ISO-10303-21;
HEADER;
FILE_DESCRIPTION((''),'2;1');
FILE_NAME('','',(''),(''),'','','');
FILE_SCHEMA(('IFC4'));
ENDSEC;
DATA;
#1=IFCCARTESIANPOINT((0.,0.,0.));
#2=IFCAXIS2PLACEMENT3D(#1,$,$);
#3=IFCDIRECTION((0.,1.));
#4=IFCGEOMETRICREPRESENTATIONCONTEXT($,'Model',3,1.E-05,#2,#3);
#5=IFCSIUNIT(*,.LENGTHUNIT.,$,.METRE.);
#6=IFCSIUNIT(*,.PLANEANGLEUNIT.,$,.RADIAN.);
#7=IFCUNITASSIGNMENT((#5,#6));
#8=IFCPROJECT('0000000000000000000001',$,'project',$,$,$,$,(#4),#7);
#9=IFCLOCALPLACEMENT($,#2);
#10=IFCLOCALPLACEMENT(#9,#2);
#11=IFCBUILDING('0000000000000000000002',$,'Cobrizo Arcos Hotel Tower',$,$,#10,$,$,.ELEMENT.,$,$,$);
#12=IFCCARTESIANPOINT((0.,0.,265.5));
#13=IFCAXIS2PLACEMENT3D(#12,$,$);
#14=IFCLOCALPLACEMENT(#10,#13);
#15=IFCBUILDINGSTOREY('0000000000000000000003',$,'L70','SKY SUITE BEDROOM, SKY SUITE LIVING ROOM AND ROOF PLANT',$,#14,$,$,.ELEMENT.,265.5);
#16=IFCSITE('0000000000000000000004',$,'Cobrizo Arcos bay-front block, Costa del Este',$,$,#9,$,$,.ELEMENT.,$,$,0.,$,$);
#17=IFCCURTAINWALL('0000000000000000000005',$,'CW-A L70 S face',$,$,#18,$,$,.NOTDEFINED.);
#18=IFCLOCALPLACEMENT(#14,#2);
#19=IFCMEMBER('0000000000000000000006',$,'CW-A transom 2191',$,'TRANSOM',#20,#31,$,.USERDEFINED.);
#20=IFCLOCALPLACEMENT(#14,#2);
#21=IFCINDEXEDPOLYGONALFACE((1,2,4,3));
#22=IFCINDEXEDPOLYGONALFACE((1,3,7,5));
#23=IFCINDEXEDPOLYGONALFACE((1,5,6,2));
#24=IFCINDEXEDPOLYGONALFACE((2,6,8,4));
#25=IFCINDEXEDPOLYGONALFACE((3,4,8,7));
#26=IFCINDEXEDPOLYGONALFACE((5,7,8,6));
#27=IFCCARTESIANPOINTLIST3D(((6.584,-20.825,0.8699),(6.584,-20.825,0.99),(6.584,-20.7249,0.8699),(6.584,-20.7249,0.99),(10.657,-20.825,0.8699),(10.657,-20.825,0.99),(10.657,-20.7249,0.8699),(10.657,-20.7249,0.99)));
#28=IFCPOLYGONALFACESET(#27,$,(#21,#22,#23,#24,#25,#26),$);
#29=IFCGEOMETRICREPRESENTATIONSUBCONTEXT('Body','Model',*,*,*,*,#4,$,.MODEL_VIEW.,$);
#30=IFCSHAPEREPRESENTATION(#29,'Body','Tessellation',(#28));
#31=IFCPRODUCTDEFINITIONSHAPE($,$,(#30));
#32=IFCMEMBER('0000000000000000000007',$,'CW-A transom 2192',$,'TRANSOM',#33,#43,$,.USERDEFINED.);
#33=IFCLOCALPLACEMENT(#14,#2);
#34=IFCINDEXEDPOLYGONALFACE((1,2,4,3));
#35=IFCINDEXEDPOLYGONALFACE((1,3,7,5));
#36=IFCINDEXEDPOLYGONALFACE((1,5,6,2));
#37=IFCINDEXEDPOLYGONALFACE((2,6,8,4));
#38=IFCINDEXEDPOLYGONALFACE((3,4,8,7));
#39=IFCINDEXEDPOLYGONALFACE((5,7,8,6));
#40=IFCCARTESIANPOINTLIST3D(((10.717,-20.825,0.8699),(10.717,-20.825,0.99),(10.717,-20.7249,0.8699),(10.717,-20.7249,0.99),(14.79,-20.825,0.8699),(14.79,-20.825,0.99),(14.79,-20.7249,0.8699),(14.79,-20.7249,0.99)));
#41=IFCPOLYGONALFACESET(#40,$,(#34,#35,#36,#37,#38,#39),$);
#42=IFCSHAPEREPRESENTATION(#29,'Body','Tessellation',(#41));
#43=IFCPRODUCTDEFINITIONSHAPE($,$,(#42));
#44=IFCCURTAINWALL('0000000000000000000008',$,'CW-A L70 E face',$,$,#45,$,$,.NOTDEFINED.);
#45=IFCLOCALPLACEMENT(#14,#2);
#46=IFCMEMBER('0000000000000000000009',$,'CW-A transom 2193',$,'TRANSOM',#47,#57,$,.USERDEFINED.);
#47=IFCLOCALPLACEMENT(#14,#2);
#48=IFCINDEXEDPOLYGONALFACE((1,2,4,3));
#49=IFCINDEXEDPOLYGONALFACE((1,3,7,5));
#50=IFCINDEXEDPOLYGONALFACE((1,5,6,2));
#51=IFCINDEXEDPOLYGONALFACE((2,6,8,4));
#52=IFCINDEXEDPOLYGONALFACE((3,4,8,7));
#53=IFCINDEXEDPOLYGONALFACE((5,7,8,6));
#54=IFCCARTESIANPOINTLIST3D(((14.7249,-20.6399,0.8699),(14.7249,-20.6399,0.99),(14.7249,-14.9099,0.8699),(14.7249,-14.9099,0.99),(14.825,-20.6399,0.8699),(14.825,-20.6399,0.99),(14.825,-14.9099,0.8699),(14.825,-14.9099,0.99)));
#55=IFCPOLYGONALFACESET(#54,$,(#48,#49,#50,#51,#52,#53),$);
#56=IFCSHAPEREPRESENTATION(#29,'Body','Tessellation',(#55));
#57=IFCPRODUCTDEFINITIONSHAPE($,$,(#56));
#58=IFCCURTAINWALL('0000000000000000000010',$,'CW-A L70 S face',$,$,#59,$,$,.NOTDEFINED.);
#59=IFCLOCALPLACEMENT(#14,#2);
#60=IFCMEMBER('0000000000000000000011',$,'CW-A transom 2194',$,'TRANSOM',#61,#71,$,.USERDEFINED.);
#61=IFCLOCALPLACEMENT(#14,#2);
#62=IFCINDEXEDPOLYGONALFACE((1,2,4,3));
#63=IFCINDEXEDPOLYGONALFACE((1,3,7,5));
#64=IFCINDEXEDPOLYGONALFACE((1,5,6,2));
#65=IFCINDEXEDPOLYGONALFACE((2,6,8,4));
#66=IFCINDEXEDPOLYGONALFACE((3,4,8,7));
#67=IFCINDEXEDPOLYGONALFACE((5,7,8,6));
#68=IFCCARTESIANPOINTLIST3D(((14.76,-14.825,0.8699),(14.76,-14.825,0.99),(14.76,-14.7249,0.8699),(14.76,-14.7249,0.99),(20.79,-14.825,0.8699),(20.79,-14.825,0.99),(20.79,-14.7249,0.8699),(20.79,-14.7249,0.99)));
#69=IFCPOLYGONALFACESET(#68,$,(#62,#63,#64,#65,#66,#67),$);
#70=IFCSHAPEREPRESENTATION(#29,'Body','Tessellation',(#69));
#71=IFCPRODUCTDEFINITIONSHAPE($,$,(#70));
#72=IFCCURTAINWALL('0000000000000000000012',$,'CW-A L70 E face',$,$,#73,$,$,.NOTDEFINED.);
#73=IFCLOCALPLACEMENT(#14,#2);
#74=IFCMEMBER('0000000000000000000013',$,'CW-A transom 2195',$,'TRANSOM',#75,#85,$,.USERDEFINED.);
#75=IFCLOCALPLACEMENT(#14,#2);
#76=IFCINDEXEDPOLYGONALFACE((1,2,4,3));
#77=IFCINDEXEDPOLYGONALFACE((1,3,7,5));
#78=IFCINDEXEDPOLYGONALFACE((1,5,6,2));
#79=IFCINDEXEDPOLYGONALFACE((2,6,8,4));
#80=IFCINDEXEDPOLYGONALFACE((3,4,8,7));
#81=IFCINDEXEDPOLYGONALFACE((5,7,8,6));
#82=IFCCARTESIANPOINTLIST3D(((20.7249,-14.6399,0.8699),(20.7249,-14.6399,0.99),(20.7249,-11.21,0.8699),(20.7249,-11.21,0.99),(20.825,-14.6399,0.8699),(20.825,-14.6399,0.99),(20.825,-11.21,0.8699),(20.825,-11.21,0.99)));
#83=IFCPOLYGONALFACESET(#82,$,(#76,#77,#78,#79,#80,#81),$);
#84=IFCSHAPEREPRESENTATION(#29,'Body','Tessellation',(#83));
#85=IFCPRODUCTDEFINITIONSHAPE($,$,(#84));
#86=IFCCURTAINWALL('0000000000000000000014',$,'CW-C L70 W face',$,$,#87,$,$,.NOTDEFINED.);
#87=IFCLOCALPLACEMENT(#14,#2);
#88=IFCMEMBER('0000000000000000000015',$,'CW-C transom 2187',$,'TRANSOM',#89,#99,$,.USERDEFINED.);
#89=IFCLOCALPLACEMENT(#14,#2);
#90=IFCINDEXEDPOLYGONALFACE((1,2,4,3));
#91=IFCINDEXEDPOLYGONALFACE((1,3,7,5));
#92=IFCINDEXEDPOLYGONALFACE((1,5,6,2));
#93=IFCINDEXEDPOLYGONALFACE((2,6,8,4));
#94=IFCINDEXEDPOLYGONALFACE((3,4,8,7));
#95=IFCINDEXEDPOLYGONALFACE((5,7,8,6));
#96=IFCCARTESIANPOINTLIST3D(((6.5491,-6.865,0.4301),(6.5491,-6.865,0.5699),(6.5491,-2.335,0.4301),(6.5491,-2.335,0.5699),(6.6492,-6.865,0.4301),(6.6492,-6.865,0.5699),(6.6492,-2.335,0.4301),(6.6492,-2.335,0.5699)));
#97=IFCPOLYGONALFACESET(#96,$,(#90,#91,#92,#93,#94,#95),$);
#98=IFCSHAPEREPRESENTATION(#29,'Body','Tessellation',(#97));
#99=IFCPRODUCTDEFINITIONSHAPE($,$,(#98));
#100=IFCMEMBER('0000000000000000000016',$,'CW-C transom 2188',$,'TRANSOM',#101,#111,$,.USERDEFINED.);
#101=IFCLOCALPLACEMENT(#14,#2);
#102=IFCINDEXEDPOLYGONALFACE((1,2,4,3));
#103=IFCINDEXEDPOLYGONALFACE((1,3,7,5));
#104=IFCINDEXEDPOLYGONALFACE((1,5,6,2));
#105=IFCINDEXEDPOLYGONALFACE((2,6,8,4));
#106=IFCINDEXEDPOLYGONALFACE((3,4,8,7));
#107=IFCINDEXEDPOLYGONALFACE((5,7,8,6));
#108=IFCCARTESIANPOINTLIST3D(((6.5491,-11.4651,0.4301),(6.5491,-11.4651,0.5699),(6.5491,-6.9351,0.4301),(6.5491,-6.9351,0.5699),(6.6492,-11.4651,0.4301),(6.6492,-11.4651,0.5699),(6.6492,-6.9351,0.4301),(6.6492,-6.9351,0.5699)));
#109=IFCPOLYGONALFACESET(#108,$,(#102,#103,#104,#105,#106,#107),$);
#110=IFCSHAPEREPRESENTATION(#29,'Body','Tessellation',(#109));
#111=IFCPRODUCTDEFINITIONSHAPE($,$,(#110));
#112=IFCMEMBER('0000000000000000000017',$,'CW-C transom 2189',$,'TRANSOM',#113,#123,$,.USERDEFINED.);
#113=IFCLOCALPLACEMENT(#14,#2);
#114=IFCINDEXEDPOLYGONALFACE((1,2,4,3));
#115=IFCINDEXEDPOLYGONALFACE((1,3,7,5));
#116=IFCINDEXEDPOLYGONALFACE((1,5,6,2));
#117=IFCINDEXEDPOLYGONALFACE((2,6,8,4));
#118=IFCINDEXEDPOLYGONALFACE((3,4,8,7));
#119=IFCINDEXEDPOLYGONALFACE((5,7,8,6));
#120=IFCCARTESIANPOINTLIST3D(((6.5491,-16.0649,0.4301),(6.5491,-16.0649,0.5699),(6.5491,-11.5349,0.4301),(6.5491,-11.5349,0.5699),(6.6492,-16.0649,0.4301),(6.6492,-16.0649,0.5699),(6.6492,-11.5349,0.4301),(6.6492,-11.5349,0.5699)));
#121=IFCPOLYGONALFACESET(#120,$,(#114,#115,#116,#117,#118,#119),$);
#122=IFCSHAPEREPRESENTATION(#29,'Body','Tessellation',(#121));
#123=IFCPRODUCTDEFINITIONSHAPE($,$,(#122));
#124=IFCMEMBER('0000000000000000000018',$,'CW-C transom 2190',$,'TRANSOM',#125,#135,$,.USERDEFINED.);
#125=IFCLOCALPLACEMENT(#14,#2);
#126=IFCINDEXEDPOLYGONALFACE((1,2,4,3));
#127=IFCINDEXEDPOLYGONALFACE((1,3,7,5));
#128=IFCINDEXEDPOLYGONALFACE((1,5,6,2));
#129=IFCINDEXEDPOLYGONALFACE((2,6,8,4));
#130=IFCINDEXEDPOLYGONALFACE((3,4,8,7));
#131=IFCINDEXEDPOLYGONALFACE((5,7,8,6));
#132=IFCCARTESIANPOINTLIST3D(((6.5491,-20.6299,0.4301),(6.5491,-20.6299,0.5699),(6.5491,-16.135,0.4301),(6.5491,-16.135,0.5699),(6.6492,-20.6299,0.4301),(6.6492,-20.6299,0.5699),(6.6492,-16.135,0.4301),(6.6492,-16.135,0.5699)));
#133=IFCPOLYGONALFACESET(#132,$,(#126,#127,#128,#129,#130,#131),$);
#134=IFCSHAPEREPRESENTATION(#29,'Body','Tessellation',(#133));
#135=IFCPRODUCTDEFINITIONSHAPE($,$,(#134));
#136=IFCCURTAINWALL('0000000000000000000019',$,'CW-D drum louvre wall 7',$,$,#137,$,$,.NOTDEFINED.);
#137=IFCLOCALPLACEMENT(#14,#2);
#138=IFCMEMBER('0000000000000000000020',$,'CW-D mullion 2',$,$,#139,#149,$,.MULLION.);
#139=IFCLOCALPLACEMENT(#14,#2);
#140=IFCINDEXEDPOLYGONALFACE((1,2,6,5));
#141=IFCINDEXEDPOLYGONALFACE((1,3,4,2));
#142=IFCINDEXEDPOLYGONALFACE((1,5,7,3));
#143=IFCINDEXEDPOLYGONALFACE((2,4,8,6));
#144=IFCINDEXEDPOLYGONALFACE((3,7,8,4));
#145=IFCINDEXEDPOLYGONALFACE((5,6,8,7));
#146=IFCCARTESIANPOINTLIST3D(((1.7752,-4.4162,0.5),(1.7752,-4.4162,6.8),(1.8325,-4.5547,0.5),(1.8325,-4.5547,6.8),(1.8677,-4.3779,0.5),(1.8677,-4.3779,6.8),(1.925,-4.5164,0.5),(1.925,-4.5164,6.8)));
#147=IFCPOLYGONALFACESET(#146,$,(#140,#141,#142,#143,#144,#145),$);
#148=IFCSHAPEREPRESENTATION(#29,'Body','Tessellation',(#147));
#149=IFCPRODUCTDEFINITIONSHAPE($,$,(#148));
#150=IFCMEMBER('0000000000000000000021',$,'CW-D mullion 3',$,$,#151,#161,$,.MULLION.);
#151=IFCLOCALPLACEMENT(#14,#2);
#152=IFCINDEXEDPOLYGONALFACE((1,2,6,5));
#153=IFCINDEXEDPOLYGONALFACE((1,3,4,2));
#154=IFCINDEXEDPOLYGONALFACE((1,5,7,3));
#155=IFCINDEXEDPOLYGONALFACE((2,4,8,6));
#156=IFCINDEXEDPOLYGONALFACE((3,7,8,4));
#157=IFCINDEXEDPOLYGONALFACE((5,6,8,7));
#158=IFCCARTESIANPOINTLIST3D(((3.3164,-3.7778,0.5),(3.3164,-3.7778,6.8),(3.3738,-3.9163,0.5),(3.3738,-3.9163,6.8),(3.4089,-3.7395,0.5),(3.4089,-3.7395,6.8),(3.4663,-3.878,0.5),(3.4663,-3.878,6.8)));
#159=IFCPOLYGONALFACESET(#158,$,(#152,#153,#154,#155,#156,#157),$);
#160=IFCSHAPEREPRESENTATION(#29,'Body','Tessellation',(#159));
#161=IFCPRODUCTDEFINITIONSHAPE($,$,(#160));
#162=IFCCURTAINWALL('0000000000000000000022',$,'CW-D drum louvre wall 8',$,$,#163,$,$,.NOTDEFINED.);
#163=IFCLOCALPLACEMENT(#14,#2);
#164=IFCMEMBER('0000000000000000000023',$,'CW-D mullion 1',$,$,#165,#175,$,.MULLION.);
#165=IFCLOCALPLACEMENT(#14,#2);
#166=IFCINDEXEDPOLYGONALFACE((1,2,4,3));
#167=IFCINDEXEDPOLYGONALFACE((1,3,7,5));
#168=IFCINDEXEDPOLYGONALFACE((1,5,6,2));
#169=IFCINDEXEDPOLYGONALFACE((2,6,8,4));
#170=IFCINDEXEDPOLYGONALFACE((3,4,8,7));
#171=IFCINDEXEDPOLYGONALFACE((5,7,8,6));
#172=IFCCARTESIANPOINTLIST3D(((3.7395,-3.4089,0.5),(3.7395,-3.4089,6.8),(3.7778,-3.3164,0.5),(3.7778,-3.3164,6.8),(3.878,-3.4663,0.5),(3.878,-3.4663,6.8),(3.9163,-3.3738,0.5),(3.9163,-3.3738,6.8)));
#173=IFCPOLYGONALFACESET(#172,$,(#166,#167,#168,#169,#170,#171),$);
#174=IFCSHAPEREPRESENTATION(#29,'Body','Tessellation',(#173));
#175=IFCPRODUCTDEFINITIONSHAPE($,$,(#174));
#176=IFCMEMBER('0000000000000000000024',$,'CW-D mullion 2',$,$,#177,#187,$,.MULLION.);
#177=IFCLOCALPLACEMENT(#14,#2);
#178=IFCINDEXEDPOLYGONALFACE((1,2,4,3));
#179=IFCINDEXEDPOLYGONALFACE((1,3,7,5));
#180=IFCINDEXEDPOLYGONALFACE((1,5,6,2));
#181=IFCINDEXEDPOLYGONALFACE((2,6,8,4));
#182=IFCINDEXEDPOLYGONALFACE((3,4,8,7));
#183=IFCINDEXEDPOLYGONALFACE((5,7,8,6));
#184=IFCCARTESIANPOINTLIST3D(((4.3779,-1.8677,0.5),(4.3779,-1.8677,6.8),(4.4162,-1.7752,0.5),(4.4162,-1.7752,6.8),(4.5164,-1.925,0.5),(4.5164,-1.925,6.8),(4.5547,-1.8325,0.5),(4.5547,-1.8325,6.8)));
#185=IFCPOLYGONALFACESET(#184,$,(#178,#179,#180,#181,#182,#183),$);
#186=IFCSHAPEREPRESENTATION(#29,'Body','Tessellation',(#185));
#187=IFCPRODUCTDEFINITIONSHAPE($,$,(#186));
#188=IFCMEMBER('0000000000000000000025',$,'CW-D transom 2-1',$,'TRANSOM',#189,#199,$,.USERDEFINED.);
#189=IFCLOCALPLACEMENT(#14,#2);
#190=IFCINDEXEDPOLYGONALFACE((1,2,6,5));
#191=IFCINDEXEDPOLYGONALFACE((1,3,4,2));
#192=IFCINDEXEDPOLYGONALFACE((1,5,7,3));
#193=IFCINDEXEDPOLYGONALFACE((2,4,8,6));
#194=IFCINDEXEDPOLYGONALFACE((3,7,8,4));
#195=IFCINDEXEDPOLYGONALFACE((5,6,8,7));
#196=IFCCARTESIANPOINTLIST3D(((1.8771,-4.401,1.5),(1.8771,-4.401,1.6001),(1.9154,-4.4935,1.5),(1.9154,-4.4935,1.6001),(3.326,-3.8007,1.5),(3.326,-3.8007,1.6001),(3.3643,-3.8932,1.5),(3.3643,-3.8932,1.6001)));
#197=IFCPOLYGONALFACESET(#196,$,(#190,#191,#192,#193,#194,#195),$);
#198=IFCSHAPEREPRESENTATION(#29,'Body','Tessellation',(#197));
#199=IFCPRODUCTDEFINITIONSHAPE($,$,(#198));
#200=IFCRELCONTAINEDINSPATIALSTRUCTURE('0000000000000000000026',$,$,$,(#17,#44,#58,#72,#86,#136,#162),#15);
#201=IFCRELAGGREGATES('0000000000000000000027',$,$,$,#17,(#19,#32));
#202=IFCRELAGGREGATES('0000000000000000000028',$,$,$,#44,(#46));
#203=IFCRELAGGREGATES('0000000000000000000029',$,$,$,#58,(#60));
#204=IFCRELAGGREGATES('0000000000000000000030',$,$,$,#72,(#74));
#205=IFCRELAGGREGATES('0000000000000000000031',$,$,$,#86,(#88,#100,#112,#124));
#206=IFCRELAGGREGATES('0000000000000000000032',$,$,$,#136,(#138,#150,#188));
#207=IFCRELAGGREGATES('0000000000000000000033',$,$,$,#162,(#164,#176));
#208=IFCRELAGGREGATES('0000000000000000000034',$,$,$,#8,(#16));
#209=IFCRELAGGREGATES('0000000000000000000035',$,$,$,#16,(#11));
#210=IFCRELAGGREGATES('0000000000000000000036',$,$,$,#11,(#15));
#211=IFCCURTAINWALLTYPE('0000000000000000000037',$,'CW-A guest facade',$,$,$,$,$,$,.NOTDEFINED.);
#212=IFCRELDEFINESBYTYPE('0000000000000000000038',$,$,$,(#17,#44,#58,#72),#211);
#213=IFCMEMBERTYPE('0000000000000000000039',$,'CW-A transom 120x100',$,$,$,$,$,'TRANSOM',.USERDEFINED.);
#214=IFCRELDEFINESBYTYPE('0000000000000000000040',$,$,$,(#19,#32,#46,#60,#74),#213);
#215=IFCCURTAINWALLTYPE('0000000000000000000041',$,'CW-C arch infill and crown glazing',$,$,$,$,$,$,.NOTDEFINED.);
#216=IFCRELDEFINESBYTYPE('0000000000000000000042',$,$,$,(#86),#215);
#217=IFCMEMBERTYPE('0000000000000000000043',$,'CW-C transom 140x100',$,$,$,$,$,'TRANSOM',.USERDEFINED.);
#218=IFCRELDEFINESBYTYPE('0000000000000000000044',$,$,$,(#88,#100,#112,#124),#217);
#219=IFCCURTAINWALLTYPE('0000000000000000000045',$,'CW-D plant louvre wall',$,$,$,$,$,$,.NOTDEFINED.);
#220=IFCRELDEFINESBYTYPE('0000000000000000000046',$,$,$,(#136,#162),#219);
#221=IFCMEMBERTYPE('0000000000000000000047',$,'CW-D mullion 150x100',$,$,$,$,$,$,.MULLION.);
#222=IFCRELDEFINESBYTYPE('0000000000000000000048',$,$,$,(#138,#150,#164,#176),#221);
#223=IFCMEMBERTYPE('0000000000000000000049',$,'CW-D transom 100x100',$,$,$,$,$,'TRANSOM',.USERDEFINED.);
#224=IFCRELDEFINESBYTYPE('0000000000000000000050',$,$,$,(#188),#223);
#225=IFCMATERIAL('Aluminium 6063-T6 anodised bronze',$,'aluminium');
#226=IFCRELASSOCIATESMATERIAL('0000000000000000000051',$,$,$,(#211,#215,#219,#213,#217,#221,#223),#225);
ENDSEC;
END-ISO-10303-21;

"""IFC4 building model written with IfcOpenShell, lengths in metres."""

from ifc_helpers import new_model, si_unit, direction, frame, origin, origin_2d, place, context, subcontext, project, spatial, rectangle, extrude, material, material_profile, profile_set, type_object, element, aggregate, save


model = new_model("IFC4")

# Units and contexts
model_context = context("Model", 3, precision=1e-05, world=origin(), true_north=direction((0.0, 1.0)))
body_context = subcontext(model_context, "Body", "Model", "MODEL_VIEW")
ifc_project = project(units=[si_unit("LENGTHUNIT", "METRE"), si_unit("PLANEANGLEUNIT", "RADIAN")], contexts=[model_context])

# Site, building, storey
site_placement = place(None, origin())
site = spatial("IfcSite", under=ifc_project, at=site_placement, Name="Cobrizo Arcos bay-front block, Costa del Este", CompositionType="ELEMENT", RefElevation=0.0)
building_placement = place(site_placement, origin())
building = spatial("IfcBuilding", under=site, at=building_placement, Name="Cobrizo Arcos Hotel Tower", CompositionType="ELEMENT")
storey_placement = place(building_placement, frame((0.0, 0.0, 265.5)))
storey = spatial("IfcBuildingStorey", under=building, at=storey_placement, Name="L70", Description="SKY SUITE BEDROOM, SKY SUITE LIVING ROOM AND ROOF PLANT", CompositionType="ELEMENT", Elevation=265.5)

# Curtain wall, members
ifc_material_1 = material(Name="Aluminium 6063-T6 anodised bronze", Category="aluminium")
curtain_wall_type_1 = type_object("IfcCurtainWallType", Name="CW-A guest facade", PredefinedType="NOTDEFINED", material=ifc_material_1)
curtain_wall_1_placement = place(storey_placement, origin())
curtain_wall_1 = element("IfcCurtainWall", 1, at=curtain_wall_1_placement, inside=storey, type_object=curtain_wall_type_1, Name="CW-A L70 S face", PredefinedType="NOTDEFINED")
ifc_material_profile_1 = material_profile(ifc_material_1, rectangle(XDim=0.1001, YDim=0.1201, at=origin_2d()), Name="CW-A transom 120x100")
ifc_profile_set_1 = profile_set([ifc_material_profile_1], Name="Aluminium 6063-T6 anodised bronze")
member_type_1 = type_object("IfcMemberType", Name="CW-A transom 120x100", ElementType="TRANSOM", PredefinedType="USERDEFINED", material=ifc_profile_set_1)
member_1_placement = place(storey_placement, frame((6.584, -20.7749, 0.9299), z_axis=(1.0, 0.0, 0.0), x_axis=(0.0, 1.0, 0.0)))
member_1 = element("IfcMember", 2, at=member_1_placement, type_object=member_type_1, Name="CW-A transom 2191", ObjectType="TRANSOM", PredefinedType="USERDEFINED", context=body_context, shape_type="SweptSolid", body=[
    extrude(rectangle(XDim=0.1001, YDim=0.1201, at=origin_2d()), origin(), (0.0, 0.0, 1.0), 4.073),
])
member_2_placement = place(storey_placement, frame((10.717, -20.7749, 0.9299), z_axis=(1.0, 0.0, 0.0), x_axis=(0.0, 1.0, 0.0)))
member_2 = element("IfcMember", 3, at=member_2_placement, type_object=member_type_1, Name="CW-A transom 2192", ObjectType="TRANSOM", PredefinedType="USERDEFINED", context=body_context, shape_type="SweptSolid", body=[
    extrude(rectangle(XDim=0.1001, YDim=0.1201, at=origin_2d()), origin(), (0.0, 0.0, 1.0), 4.073),
])

# Curtain walls, members
curtain_wall_2_placement = place(storey_placement, origin())
curtain_wall_2 = element("IfcCurtainWall", 4, at=curtain_wall_2_placement, inside=storey, type_object=curtain_wall_type_1, Name="CW-A L70 E face", PredefinedType="NOTDEFINED")
member_3_placement = place(storey_placement, frame((14.7749, -20.6399, 0.9299), z_axis=(0.0, 1.0, 0.0), x_axis=(-1.0, 0.0, 0.0)))
member_3 = element("IfcMember", 5, at=member_3_placement, type_object=member_type_1, Name="CW-A transom 2193", ObjectType="TRANSOM", PredefinedType="USERDEFINED", context=body_context, shape_type="SweptSolid", body=[
    extrude(rectangle(XDim=0.1001, YDim=0.1201, at=origin_2d()), origin(), (0.0, 0.0, 1.0), 5.73),
])
curtain_wall_3_placement = place(storey_placement, origin())
curtain_wall_3 = element("IfcCurtainWall", 6, at=curtain_wall_3_placement, inside=storey, type_object=curtain_wall_type_1, Name="CW-A L70 S face", PredefinedType="NOTDEFINED")
member_4_placement = place(storey_placement, frame((14.76, -14.7749, 0.9299), z_axis=(1.0, 0.0, 0.0), x_axis=(0.0, 1.0, 0.0)))
member_4 = element("IfcMember", 7, at=member_4_placement, type_object=member_type_1, Name="CW-A transom 2194", ObjectType="TRANSOM", PredefinedType="USERDEFINED", context=body_context, shape_type="SweptSolid", body=[
    extrude(rectangle(XDim=0.1001, YDim=0.1201, at=origin_2d()), origin(), (0.0, 0.0, 1.0), 6.03),
])
curtain_wall_4_placement = place(storey_placement, origin())
curtain_wall_4 = element("IfcCurtainWall", 8, at=curtain_wall_4_placement, inside=storey, type_object=curtain_wall_type_1, Name="CW-A L70 E face", PredefinedType="NOTDEFINED")
member_5_placement = place(storey_placement, frame((20.7749, -14.6399, 0.9299), z_axis=(0.0, 1.0, 0.0), x_axis=(-1.0, 0.0, 0.0)))
member_5 = element("IfcMember", 9, at=member_5_placement, type_object=member_type_1, Name="CW-A transom 2195", ObjectType="TRANSOM", PredefinedType="USERDEFINED", context=body_context, shape_type="SweptSolid", body=[
    extrude(rectangle(XDim=0.1001, YDim=0.1201, at=origin_2d()), origin(), (0.0, 0.0, 1.0), 3.4299),
])

# Curtain walls, members
curtain_wall_type_2 = type_object("IfcCurtainWallType", Name="CW-C arch infill and crown glazing", PredefinedType="NOTDEFINED", material=ifc_material_1)
curtain_wall_5_placement = place(storey_placement, origin())
curtain_wall_5 = element("IfcCurtainWall", 10, at=curtain_wall_5_placement, inside=storey, type_object=curtain_wall_type_2, Name="CW-C L70 W face", PredefinedType="NOTDEFINED")
ifc_material_profile_2 = material_profile(ifc_material_1, rectangle(XDim=0.1001, YDim=0.1399, at=origin_2d()), Name="CW-C transom 140x100")
ifc_profile_set_2 = profile_set([ifc_material_profile_2], Name="Aluminium 6063-T6 anodised bronze")
member_type_2 = type_object("IfcMemberType", Name="CW-C transom 140x100", ElementType="TRANSOM", PredefinedType="USERDEFINED", material=ifc_profile_set_2)
member_6_placement = place(storey_placement, frame((6.5991, -2.335, 0.5), z_axis=(0.0, -1.0, 0.0), x_axis=(1.0, 0.0, 0.0)))
member_6 = element("IfcMember", 11, at=member_6_placement, type_object=member_type_2, Name="CW-C transom 2187", ObjectType="TRANSOM", PredefinedType="USERDEFINED", context=body_context, shape_type="SweptSolid", body=[
    extrude(rectangle(XDim=0.1001, YDim=0.1399, at=origin_2d()), origin(), (0.0, 0.0, 1.0), 4.53),
])
member_7_placement = place(storey_placement, frame((6.5991, -6.9351, 0.5), z_axis=(0.0, -1.0, 0.0), x_axis=(1.0, 0.0, 0.0)))
member_7 = element("IfcMember", 12, at=member_7_placement, type_object=member_type_2, Name="CW-C transom 2188", ObjectType="TRANSOM", PredefinedType="USERDEFINED", context=body_context, shape_type="SweptSolid", body=[
    extrude(rectangle(XDim=0.1001, YDim=0.1399, at=origin_2d()), origin(), (0.0, 0.0, 1.0), 4.53),
])
member_8_placement = place(storey_placement, frame((6.5991, -11.5349, 0.5), z_axis=(0.0, -1.0, 0.0), x_axis=(1.0, 0.0, 0.0)))
member_8 = element("IfcMember", 13, at=member_8_placement, type_object=member_type_2, Name="CW-C transom 2189", ObjectType="TRANSOM", PredefinedType="USERDEFINED", context=body_context, shape_type="SweptSolid", body=[
    extrude(rectangle(XDim=0.1001, YDim=0.1399, at=origin_2d()), origin(), (0.0, 0.0, 1.0), 4.53),
])
member_9_placement = place(storey_placement, frame((6.5991, -16.135, 0.5), z_axis=(0.0, -1.0, 0.0), x_axis=(1.0, 0.0, 0.0)))
member_9 = element("IfcMember", 14, at=member_9_placement, type_object=member_type_2, Name="CW-C transom 2190", ObjectType="TRANSOM", PredefinedType="USERDEFINED", context=body_context, shape_type="SweptSolid", body=[
    extrude(rectangle(XDim=0.1001, YDim=0.1399, at=origin_2d()), origin(), (0.0, 0.0, 1.0), 4.4949),
])
curtain_wall_type_3 = type_object("IfcCurtainWallType", Name="CW-D plant louvre wall", PredefinedType="NOTDEFINED", material=ifc_material_1)
curtain_wall_6_placement = place(storey_placement, origin())
curtain_wall_6 = element("IfcCurtainWall", 15, at=curtain_wall_6_placement, inside=storey, type_object=curtain_wall_type_3, Name="CW-D drum louvre wall 7", PredefinedType="NOTDEFINED")
ifc_material_profile_3 = material_profile(ifc_material_1, rectangle(XDim=0.1499, YDim=0.1001, at=origin_2d()), Name="CW-D mullion 150x100")
ifc_profile_set_3 = profile_set([ifc_material_profile_3], Name="Aluminium 6063-T6 anodised bronze")
member_type_3 = type_object("IfcMemberType", Name="CW-D mullion 150x100", PredefinedType="MULLION", material=ifc_profile_set_3)
member_10_placement = place(storey_placement, frame((1.8501, -4.4663, 0.5), z_axis=(0.0, 0.0, 1.0), x_axis=(0.382683, -0.92388, 0.0)))
member_10 = element("IfcMember", 16, at=member_10_placement, type_object=member_type_3, Name="CW-D mullion 2", PredefinedType="MULLION", context=body_context, shape_type="SweptSolid", body=[
    extrude(rectangle(XDim=0.1499, YDim=0.1001, at=origin_2d()), origin(), (0.0, 0.0, 1.0), 6.3),
])
member_11_placement = place(storey_placement, frame((3.3914, -3.8279, 0.5), z_axis=(0.0, 0.0, 1.0), x_axis=(0.382683, -0.92388, 0.0)))
member_11 = element("IfcMember", 17, at=member_11_placement, type_object=member_type_3, Name="CW-D mullion 3", PredefinedType="MULLION", context=body_context, shape_type="SweptSolid", body=[
    extrude(rectangle(XDim=0.1499, YDim=0.1001, at=origin_2d()), origin(), (0.0, 0.0, 1.0), 6.3),
])
curtain_wall_7_placement = place(storey_placement, origin())
curtain_wall_7 = element("IfcCurtainWall", 18, at=curtain_wall_7_placement, inside=storey, type_object=curtain_wall_type_3, Name="CW-D drum louvre wall 8", PredefinedType="NOTDEFINED")
member_12_placement = place(storey_placement, frame((3.8279, -3.3914, 0.5), z_axis=(0.0, 0.0, 1.0), x_axis=(0.92388, -0.382683, 0.0)))
member_12 = element("IfcMember", 19, at=member_12_placement, type_object=member_type_3, Name="CW-D mullion 1", PredefinedType="MULLION", context=body_context, shape_type="SweptSolid", body=[
    extrude(rectangle(XDim=0.1499, YDim=0.1001, at=origin_2d()), origin(), (0.0, 0.0, 1.0), 6.3),
])
member_13_placement = place(storey_placement, frame((4.4663, -1.8501, 0.5), z_axis=(0.0, 0.0, 1.0), x_axis=(0.92388, -0.382683, 0.0)))
member_13 = element("IfcMember", 20, at=member_13_placement, type_object=member_type_3, Name="CW-D mullion 2", PredefinedType="MULLION", context=body_context, shape_type="SweptSolid", body=[
    extrude(rectangle(XDim=0.1499, YDim=0.1001, at=origin_2d()), origin(), (0.0, 0.0, 1.0), 6.3),
])

# Member
ifc_material_profile_4 = material_profile(ifc_material_1, rectangle(XDim=0.1001, YDim=0.1001, at=origin_2d()), Name="CW-D transom 100x100")
ifc_profile_set_4 = profile_set([ifc_material_profile_4], Name="Aluminium 6063-T6 anodised bronze")
member_type_4 = type_object("IfcMemberType", Name="CW-D transom 100x100", ElementType="TRANSOM", PredefinedType="USERDEFINED", material=ifc_profile_set_4)
member_14_placement = place(storey_placement, frame((1.8962, -4.4473, 1.55), z_axis=(0.923844, 0.382769, 0.0), x_axis=(-0.382769, 0.923844, 0.0)))
member_14 = element("IfcMember", 21, at=member_14_placement, type_object=member_type_4, Name="CW-D transom 2-1", ObjectType="TRANSOM", PredefinedType="USERDEFINED", context=body_context, shape_type="SweptSolid", body=[
    extrude(rectangle(XDim=0.1001, YDim=0.1001, at=origin_2d()), origin(), (0.0, 0.0, 1.0), 1.5684),
])

aggregate(curtain_wall_1, [member_1, member_2])
aggregate(curtain_wall_2, [member_3])
aggregate(curtain_wall_3, [member_4])
aggregate(curtain_wall_4, [member_5])
aggregate(curtain_wall_5, [member_6, member_7, member_8, member_9])
aggregate(curtain_wall_6, [member_10, member_11, member_14])
aggregate(curtain_wall_7, [member_12, member_13])

save(model, "model.ifc")
